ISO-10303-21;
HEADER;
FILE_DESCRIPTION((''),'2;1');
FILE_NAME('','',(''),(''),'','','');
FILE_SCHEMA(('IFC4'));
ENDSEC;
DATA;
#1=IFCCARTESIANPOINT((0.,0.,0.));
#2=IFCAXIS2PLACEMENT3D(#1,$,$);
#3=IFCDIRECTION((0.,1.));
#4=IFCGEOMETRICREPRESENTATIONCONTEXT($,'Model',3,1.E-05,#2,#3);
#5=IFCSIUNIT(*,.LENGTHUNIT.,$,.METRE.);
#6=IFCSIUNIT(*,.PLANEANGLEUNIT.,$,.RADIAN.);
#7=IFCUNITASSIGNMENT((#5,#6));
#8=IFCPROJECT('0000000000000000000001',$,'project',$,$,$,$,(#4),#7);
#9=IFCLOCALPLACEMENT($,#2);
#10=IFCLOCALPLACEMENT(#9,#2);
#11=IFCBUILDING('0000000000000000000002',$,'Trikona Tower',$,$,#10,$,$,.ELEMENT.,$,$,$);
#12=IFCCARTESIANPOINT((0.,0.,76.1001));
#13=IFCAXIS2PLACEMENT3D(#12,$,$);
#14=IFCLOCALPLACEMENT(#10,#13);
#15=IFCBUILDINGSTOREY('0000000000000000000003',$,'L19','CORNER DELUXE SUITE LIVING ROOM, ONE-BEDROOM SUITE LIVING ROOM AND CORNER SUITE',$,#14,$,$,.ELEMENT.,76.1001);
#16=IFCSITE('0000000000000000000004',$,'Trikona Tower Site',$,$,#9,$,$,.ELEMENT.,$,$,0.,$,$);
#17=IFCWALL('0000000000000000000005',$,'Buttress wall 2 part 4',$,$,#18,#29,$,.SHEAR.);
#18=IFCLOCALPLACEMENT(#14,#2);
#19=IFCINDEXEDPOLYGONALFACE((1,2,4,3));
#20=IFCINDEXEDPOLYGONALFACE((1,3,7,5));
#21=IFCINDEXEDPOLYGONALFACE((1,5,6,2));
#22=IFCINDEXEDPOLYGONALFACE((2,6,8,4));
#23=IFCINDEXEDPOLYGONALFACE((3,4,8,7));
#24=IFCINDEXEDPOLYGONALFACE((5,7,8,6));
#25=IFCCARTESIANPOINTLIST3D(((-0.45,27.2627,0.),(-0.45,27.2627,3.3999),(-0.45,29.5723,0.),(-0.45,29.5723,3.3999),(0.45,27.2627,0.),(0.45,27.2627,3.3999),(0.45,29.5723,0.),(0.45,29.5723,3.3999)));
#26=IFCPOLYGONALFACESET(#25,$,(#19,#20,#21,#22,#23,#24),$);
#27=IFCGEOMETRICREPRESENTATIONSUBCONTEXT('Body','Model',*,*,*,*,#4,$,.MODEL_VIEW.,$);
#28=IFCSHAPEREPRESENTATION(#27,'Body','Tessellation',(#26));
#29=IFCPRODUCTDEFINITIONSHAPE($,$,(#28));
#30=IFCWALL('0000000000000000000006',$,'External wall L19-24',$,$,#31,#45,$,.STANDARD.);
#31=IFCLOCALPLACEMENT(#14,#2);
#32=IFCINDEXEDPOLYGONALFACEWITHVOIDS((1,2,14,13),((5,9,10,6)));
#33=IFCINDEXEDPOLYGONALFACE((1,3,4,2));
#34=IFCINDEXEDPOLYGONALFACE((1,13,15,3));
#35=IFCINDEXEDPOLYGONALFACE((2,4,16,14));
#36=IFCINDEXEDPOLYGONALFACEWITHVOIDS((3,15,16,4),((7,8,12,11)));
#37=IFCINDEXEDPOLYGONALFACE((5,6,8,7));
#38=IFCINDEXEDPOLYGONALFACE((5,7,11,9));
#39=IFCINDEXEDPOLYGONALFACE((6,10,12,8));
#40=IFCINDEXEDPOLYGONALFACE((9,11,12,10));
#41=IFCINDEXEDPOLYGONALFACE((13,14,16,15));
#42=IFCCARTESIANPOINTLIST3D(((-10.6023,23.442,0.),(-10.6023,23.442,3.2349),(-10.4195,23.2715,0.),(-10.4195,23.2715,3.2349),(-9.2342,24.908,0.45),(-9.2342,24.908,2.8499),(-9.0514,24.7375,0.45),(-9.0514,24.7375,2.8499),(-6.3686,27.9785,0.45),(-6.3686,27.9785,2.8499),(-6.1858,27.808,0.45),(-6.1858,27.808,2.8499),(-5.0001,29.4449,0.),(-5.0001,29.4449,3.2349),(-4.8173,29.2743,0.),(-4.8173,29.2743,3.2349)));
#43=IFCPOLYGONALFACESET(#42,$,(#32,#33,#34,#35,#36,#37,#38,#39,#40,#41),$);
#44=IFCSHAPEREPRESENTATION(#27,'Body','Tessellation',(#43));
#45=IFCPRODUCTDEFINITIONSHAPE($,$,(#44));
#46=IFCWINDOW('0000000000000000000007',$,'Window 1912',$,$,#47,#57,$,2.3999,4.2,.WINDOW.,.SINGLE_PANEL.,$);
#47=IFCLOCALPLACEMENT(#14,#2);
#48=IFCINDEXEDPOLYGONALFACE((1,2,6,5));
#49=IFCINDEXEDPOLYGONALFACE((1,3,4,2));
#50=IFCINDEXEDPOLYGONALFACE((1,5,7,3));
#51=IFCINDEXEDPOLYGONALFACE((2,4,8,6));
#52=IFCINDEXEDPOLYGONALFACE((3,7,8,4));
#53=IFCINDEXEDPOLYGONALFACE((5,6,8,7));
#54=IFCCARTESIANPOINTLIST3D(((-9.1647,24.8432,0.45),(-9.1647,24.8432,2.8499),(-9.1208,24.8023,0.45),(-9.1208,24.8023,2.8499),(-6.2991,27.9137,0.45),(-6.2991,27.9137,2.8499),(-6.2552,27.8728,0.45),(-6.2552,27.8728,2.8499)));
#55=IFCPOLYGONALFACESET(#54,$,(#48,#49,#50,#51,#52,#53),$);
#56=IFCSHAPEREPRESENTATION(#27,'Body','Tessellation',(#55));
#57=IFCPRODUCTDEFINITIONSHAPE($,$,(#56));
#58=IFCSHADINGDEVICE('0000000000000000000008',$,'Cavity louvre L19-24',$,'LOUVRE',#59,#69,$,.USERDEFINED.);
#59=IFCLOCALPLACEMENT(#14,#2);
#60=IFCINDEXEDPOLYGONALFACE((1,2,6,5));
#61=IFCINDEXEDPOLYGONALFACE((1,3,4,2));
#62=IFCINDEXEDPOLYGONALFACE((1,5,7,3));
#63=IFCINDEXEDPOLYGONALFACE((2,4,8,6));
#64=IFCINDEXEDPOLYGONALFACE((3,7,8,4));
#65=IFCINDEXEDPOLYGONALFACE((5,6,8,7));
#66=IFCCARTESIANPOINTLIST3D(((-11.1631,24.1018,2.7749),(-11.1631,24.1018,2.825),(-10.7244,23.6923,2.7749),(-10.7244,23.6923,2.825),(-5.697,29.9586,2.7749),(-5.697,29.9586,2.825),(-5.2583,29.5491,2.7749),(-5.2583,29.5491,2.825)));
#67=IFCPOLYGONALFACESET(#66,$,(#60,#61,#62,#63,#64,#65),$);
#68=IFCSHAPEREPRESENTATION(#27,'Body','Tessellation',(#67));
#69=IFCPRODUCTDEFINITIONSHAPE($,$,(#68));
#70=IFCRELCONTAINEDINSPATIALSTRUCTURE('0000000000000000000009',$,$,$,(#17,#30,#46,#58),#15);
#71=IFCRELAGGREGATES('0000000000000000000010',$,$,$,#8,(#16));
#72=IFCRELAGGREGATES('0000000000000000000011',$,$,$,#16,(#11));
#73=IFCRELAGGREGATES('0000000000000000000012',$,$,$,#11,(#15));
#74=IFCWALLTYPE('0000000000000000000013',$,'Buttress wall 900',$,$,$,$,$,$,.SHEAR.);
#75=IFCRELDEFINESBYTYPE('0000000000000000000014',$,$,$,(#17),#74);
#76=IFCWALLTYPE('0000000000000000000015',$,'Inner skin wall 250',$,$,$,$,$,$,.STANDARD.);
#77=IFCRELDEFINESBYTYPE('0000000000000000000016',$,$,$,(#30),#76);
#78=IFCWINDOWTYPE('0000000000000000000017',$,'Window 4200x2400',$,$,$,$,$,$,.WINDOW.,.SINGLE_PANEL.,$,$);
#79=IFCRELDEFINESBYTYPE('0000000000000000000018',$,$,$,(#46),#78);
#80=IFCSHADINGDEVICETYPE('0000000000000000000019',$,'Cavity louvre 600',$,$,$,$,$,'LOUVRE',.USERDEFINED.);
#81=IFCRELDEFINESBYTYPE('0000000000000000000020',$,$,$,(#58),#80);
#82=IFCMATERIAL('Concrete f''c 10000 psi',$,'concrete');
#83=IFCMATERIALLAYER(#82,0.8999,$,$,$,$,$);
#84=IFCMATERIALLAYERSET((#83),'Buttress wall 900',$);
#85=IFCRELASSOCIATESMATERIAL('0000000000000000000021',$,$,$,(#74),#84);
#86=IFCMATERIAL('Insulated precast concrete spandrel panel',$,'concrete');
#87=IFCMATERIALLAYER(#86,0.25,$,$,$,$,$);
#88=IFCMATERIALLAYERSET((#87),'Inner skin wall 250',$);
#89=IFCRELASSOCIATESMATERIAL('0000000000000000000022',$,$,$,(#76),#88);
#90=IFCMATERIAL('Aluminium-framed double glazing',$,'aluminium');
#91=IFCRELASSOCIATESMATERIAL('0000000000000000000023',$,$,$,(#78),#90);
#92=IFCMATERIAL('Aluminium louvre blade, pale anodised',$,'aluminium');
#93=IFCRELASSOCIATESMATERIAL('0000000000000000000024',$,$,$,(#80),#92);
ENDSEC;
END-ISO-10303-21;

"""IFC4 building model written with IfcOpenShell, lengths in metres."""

from ifc_helpers import new_model, si_unit, direction, frame, frame_2d, origin, origin_2d, place, context, subcontext, project, spatial, rectangle, extrude, material, layer, layer_set, type_object, element, fill, save


model = new_model("IFC4")

# Units and contexts
model_context = context("Model", 3, precision=1e-05, world=origin(), true_north=direction((0.0, 1.0)))
body_context = subcontext(model_context, "Body", "Model", "MODEL_VIEW")
ifc_project = project(units=[si_unit("LENGTHUNIT", "METRE"), si_unit("PLANEANGLEUNIT", "RADIAN")], contexts=[model_context])

# Site, building, storey
site_placement = place(None, origin())
site = spatial("IfcSite", under=ifc_project, at=site_placement, Name="Trikona Tower Site", CompositionType="ELEMENT", RefElevation=0.0)
building_placement = place(site_placement, origin())
building = spatial("IfcBuilding", under=site, at=building_placement, Name="Trikona Tower", CompositionType="ELEMENT")
storey_placement = place(building_placement, frame((0.0, 0.0, 76.1001)))
storey = spatial("IfcBuildingStorey", under=building, at=storey_placement, Name="L19", Description="CORNER DELUXE SUITE LIVING ROOM, ONE-BEDROOM SUITE LIVING ROOM AND CORNER SUITE", CompositionType="ELEMENT", Elevation=76.1001)

# Wall
ifc_material_1 = material(Name="Concrete f'c 10000 psi", Category="concrete")
ifc_layer_1 = layer(ifc_material_1, 0.8999)
ifc_layer_set_1 = layer_set([ifc_layer_1], Name="Buttress wall 900")
wall_type_1 = type_object("IfcWallType", Name="Buttress wall 900", PredefinedType="SHEAR", material=ifc_layer_set_1)
wall_1_placement = place(storey_placement, frame((0.0, 27.2627, 0.0), z_axis=(0.0, 0.0, 1.0), x_axis=(0.0, 1.0, 0.0)))
element("IfcWall", 1, at=wall_1_placement, inside=storey, type_object=wall_type_1, Name="Buttress wall 2 part 4", PredefinedType="SHEAR", context=body_context, shape_type="SweptSolid", body=[
    extrude(rectangle(XDim=2.3096, YDim=0.8999, at=frame_2d((1.1548, 0.0))), origin(), (0.0, 0.0, 1.0), 3.3999),
])

# Wall, opening, window
ifc_material_2 = material(Name="Insulated precast concrete spandrel panel", Category="concrete")
ifc_layer_2 = layer(ifc_material_2, 0.25)
ifc_layer_set_2 = layer_set([ifc_layer_2], Name="Inner skin wall 250")
wall_type_2 = type_object("IfcWallType", Name="Inner skin wall 250", PredefinedType="STANDARD", material=ifc_layer_set_2)
wall_2_placement = place(storey_placement, frame((-4.9087, 29.3596, 0.0), z_axis=(0.0, 0.0, 1.0), x_axis=(-0.68229, -0.731082, 0.0)))
wall_2 = element("IfcWall", 2, at=wall_2_placement, inside=storey, type_object=wall_type_2, Name="External wall L19-24", PredefinedType="STANDARD", context=body_context, shape_type="SweptSolid", body=[
    extrude(rectangle(XDim=8.2109, YDim=0.25, at=frame_2d((4.1055, 0.0))), origin(), (0.0, 0.0, 1.0), 3.2349),
])
opening_1_placement = place(wall_2_placement, frame((2.0056, 0.0, 0.45)))
opening_1 = element("IfcOpeningElement", 3, at=opening_1_placement, cuts=wall_2, PredefinedType="OPENING", context=body_context, shape_type="SweptSolid", body=[
    extrude(rectangle(XDim=4.2, YDim=2.3999, at=frame_2d((2.1001, 1.2))), frame((0.0, 0.135, 0.0), z_axis=(0.0, -1.0, 0.0), x_axis=(1.0, 0.0, 0.0)), (0.0, 0.0, 1.0), 0.27),
])
ifc_material_3 = material(Name="Aluminium-framed double glazing", Category="aluminium")
window_type_1 = type_object("IfcWindowType", Name="Window 4200x2400", PartitioningType="SINGLE_PANEL", PredefinedType="WINDOW", material=ifc_material_3)
window_1_placement = place(opening_1_placement, origin())
window_1 = element("IfcWindow", 4, at=window_1_placement, inside=storey, type_object=window_type_1, Name="Window 1912", OverallHeight=2.3999, OverallWidth=4.2, PartitioningType="SINGLE_PANEL", PredefinedType="WINDOW", context=body_context, shape_type="SweptSolid", body=[
    extrude(rectangle(XDim=4.2, YDim=2.3999, at=frame_2d((2.1001, 1.2))), frame((0.0, 0.03, 0.0), z_axis=(0.0, -1.0, 0.0), x_axis=(1.0, 0.0, 0.0)), (0.0, 0.0, 1.0), 0.0601),
])
fill(opening_1, window_1)

# Shading device
ifc_material_4 = material(Name="Aluminium louvre blade, pale anodised", Category="aluminium")
shading_device_type = type_object("IfcShadingDeviceType", Name="Cavity louvre 600", ElementType="LOUVRE", PredefinedType="USERDEFINED", material=ifc_material_4)
shading_device_placement = place(storey_placement, frame((-8.2107, 26.8254, 2.7749), z_axis=(0.0, 0.0, 1.0), x_axis=(-0.682298, -0.731074, 0.0)))
element("IfcShadingDevice", 5, at=shading_device_placement, inside=storey, type_object=shading_device_type, Name="Cavity louvre L19-24", ObjectType="LOUVRE", PredefinedType="USERDEFINED", context=body_context, shape_type="SweptSolid", body=[
    extrude(rectangle(XDim=8.0112, YDim=0.6001, at=origin_2d()), origin(), (0.0, 0.0, 1.0), 0.05),
])

save(model, "model.ifc")
